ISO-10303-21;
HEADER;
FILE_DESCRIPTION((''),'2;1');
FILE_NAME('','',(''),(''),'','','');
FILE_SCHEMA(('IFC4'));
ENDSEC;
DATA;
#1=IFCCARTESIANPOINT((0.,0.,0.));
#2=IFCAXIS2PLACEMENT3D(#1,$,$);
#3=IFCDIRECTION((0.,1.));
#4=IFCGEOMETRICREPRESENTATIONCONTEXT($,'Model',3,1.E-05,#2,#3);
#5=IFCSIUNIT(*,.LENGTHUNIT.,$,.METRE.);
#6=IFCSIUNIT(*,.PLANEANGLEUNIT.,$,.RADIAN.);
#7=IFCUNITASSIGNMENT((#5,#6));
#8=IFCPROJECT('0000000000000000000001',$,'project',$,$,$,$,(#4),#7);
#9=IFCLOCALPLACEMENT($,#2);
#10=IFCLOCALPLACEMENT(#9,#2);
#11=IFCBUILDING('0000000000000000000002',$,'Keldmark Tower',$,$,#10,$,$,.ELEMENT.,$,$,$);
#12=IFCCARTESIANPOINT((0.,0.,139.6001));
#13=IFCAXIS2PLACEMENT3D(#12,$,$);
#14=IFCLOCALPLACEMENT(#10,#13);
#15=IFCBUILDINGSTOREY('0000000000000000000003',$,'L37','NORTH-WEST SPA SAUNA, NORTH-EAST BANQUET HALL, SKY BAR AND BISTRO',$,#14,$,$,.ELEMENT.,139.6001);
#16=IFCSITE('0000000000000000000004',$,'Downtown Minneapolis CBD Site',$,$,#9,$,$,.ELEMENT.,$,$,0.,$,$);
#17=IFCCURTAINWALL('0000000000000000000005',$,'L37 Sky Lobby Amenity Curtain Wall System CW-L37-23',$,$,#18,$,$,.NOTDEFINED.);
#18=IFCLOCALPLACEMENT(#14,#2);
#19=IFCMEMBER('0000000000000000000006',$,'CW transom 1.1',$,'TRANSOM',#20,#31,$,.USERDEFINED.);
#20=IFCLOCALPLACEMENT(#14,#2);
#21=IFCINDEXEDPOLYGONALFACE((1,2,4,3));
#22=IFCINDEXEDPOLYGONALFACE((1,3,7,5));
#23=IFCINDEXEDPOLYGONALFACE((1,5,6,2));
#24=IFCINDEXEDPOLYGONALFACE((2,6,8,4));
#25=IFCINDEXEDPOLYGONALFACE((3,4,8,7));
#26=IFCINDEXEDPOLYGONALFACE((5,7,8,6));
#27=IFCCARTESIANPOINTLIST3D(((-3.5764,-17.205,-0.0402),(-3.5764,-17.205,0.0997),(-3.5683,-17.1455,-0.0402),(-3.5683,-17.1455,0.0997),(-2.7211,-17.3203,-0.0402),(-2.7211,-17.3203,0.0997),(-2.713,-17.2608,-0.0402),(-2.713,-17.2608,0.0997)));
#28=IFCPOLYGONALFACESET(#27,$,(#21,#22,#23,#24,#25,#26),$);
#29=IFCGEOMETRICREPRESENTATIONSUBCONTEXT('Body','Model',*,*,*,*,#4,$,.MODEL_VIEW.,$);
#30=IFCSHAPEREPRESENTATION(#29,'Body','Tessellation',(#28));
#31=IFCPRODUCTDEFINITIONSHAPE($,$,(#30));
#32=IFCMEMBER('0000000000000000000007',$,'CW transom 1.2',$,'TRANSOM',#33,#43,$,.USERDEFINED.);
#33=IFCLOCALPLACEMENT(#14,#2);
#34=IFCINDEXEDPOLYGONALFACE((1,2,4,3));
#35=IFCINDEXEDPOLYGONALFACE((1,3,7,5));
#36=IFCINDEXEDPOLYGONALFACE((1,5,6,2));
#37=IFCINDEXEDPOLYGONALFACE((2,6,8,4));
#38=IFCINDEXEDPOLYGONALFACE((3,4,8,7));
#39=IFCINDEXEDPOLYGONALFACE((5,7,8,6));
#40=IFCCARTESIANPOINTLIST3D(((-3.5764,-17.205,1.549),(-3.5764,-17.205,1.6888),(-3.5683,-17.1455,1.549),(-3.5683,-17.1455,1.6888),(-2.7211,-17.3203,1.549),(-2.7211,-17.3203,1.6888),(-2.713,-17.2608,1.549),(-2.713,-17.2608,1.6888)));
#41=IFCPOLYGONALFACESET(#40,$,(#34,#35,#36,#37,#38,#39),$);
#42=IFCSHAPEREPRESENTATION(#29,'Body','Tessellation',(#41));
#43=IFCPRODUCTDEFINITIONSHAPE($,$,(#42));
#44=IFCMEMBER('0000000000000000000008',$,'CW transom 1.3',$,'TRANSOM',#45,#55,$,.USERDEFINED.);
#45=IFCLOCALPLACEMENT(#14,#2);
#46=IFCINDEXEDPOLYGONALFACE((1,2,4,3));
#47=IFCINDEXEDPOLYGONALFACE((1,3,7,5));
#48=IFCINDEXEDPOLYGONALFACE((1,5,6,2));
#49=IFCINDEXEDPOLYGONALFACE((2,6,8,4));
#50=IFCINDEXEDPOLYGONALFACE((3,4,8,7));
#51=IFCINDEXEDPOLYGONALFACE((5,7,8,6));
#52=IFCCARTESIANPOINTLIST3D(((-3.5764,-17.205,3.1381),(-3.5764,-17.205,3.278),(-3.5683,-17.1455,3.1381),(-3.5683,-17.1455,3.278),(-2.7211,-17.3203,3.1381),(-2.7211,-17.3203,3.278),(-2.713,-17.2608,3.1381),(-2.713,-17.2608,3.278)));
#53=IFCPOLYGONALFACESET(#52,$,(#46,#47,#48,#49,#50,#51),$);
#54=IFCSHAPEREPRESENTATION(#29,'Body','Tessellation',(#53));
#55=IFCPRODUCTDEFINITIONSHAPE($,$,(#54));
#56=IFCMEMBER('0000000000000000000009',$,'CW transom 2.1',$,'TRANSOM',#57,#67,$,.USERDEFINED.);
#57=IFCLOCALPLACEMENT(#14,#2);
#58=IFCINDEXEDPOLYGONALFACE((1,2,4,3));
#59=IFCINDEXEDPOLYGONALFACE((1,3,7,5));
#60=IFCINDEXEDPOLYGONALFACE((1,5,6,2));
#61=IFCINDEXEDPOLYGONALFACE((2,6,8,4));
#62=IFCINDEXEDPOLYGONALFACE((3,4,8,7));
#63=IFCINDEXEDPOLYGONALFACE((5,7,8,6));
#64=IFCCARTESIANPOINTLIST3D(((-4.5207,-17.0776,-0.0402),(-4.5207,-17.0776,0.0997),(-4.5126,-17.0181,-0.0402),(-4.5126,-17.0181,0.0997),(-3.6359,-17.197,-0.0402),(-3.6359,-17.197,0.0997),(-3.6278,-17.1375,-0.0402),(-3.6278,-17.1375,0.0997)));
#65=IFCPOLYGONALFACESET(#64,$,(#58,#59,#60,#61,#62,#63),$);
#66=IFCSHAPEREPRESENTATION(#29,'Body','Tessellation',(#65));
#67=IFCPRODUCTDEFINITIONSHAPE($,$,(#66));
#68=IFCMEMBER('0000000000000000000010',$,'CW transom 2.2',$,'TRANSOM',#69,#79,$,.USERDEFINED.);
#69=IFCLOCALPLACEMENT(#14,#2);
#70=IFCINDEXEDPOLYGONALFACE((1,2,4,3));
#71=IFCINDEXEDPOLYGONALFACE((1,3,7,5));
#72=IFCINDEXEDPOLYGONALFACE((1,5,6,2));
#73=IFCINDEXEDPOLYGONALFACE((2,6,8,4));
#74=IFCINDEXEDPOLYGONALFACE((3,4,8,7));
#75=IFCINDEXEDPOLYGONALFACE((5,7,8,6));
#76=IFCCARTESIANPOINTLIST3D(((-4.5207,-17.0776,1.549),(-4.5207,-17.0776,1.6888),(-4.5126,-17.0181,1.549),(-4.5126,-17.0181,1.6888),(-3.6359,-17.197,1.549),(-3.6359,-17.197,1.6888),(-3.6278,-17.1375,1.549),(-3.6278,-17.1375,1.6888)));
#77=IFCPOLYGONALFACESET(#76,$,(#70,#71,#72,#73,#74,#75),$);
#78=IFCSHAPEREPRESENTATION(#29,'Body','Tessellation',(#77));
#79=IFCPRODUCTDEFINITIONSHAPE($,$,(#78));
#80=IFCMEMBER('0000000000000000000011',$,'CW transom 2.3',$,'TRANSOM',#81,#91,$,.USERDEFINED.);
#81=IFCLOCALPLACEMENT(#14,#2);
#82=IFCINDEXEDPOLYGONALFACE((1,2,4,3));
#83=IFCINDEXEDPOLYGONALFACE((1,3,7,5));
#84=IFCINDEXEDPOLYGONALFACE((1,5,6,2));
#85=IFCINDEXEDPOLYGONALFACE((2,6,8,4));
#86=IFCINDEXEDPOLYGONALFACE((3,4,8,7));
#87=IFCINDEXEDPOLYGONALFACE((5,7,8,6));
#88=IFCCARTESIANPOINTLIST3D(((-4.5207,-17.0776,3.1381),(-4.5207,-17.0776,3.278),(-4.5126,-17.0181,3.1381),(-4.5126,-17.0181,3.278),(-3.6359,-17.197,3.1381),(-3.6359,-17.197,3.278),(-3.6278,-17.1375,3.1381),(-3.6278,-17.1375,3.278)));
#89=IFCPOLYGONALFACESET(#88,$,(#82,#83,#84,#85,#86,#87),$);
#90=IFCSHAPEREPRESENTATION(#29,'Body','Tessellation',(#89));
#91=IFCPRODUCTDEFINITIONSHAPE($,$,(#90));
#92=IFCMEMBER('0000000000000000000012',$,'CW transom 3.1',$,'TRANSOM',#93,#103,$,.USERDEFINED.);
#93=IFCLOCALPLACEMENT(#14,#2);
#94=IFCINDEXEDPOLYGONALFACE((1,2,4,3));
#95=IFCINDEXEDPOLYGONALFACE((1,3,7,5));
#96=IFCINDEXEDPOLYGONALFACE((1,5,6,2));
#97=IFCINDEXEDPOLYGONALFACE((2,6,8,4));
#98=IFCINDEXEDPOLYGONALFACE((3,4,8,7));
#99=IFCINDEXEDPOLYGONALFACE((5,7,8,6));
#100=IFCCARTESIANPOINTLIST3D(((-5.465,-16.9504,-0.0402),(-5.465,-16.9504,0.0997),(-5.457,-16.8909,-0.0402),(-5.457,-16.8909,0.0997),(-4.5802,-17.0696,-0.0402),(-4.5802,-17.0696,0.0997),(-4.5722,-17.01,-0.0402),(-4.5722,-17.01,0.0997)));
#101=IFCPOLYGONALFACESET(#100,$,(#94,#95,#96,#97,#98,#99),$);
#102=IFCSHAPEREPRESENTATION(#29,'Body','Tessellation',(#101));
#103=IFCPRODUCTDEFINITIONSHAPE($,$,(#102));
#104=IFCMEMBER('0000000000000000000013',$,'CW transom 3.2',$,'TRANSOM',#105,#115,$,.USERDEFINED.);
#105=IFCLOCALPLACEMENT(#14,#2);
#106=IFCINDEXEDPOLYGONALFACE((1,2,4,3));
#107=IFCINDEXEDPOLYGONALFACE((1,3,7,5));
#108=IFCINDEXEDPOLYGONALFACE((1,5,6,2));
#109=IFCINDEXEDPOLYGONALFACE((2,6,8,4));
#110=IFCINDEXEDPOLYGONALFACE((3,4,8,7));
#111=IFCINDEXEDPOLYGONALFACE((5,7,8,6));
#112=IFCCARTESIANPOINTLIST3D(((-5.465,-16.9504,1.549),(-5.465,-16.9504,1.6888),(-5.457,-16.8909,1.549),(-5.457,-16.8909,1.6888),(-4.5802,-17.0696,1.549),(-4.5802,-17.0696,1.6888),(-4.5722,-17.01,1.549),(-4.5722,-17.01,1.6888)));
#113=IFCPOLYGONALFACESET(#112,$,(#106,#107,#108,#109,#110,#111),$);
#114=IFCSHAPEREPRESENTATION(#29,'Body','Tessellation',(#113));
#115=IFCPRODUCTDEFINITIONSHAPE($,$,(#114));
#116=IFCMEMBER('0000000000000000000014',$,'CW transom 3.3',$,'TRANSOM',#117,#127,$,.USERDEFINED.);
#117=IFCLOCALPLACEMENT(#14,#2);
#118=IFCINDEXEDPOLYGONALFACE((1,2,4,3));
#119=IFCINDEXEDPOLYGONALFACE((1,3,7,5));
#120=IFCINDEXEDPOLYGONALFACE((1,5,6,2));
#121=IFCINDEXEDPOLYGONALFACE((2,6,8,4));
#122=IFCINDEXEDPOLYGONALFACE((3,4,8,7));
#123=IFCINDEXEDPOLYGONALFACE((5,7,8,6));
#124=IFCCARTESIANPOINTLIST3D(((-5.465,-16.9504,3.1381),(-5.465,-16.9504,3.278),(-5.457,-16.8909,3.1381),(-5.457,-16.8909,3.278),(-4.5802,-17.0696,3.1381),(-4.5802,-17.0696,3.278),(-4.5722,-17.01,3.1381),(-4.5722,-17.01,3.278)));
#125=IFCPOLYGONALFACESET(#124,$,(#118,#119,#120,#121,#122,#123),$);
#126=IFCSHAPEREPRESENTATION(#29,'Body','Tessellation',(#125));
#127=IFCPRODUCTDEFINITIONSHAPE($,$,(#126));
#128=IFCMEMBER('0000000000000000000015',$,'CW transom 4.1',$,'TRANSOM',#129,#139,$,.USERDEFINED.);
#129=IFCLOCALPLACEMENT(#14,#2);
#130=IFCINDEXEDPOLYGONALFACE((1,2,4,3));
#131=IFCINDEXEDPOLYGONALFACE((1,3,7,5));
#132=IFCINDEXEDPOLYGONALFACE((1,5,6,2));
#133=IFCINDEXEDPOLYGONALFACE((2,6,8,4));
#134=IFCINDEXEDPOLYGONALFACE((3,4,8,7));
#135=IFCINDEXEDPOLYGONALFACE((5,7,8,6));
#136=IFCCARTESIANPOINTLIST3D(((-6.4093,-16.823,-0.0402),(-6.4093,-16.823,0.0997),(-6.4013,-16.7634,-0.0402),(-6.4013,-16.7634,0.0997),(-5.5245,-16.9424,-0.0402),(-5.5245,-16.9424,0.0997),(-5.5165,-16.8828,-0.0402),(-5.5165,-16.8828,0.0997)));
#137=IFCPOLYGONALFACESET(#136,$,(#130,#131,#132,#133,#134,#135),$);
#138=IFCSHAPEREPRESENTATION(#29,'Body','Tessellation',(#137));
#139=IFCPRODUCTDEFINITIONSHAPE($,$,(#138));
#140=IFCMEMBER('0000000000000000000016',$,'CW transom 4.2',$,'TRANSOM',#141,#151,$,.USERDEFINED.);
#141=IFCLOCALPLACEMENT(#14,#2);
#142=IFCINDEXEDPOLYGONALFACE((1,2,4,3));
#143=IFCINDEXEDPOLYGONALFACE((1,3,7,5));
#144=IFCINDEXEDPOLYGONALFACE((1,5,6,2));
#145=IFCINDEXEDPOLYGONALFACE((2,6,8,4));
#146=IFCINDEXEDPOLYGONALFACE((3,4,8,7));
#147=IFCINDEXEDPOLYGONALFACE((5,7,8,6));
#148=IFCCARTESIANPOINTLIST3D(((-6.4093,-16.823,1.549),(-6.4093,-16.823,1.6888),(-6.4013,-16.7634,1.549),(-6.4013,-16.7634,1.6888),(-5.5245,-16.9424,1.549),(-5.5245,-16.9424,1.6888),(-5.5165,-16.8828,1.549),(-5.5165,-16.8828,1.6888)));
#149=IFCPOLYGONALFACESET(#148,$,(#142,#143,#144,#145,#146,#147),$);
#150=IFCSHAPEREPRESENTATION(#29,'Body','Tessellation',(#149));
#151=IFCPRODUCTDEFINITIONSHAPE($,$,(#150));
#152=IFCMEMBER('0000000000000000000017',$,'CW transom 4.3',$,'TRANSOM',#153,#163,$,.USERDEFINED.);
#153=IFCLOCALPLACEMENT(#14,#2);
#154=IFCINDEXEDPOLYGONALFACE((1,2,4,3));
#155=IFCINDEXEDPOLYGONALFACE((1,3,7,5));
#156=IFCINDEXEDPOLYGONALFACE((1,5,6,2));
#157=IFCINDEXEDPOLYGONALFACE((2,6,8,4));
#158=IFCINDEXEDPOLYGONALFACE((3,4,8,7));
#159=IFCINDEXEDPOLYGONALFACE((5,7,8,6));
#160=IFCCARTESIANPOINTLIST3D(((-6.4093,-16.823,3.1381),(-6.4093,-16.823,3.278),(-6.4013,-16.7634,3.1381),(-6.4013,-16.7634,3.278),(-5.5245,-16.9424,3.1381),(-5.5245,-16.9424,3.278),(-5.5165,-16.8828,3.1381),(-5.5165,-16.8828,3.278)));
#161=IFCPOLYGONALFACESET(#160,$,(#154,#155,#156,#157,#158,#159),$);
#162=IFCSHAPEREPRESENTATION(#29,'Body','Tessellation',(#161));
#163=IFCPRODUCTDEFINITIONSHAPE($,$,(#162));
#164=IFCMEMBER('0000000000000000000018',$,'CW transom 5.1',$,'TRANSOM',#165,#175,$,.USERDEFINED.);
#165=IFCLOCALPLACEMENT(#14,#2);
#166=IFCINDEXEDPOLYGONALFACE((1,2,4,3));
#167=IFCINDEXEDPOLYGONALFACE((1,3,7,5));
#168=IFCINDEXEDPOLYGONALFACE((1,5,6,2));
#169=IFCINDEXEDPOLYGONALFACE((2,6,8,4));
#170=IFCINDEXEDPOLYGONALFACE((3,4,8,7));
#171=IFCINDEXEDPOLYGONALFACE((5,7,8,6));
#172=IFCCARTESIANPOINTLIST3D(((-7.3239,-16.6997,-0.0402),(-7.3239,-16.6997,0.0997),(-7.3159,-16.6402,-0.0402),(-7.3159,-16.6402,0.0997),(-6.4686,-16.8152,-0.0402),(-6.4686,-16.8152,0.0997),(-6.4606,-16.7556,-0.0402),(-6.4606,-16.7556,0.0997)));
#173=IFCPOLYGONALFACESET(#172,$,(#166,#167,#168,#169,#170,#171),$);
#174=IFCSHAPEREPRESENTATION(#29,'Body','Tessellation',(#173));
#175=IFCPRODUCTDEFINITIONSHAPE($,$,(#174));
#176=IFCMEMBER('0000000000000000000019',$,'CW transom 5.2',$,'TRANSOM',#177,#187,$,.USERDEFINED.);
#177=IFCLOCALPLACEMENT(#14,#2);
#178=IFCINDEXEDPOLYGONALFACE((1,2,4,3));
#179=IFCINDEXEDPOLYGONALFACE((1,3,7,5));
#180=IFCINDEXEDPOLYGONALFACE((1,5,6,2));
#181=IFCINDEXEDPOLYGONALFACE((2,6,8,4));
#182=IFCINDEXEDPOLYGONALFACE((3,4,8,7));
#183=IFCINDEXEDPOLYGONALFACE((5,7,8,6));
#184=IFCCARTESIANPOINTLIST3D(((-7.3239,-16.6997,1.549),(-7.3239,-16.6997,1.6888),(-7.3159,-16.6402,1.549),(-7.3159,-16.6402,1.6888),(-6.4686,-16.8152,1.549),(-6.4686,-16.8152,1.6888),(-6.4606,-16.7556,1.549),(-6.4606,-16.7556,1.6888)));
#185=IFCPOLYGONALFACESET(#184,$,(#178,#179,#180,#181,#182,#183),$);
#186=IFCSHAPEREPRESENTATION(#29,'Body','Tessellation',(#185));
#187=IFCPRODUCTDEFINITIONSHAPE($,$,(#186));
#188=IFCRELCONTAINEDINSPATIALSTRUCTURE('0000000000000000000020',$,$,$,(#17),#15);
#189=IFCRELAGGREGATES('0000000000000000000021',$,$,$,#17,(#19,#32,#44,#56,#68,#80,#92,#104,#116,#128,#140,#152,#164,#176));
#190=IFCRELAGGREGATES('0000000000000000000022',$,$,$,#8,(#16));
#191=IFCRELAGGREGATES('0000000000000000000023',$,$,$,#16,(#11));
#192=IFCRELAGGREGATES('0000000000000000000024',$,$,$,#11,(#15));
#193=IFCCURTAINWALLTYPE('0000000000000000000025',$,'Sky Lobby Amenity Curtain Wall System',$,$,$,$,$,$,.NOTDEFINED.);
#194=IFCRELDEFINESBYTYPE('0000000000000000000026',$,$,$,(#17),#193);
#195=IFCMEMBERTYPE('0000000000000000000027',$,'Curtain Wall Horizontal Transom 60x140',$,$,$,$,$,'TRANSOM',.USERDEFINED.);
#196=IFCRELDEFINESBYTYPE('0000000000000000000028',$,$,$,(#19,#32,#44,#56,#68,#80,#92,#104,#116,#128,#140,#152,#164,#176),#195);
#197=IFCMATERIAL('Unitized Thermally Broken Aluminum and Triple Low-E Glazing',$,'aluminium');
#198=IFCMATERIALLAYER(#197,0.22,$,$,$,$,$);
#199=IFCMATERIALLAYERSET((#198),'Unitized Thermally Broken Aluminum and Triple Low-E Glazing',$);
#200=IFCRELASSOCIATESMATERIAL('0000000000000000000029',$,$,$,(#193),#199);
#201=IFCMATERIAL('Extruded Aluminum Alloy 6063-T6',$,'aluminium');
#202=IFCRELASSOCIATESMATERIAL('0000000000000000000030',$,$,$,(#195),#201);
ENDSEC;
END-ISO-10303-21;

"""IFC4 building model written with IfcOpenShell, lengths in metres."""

from ifc_helpers import new_model, si_unit, direction, frame, origin, origin_2d, place, context, subcontext, project, spatial, rectangle, extrude, material, layer, layer_set, material_profile, profile_set, type_object, element, aggregate, save


model = new_model("IFC4")

# Units and contexts
model_context = context("Model", 3, precision=1e-05, world=origin(), true_north=direction((0.0, 1.0)))
body_context = subcontext(model_context, "Body", "Model", "MODEL_VIEW")
ifc_project = project(units=[si_unit("LENGTHUNIT", "METRE"), si_unit("PLANEANGLEUNIT", "RADIAN")], contexts=[model_context])

# Site, building, storey
site_placement = place(None, origin())
site = spatial("IfcSite", under=ifc_project, at=site_placement, Name="Downtown Minneapolis CBD Site", CompositionType="ELEMENT", RefElevation=0.0)
building_placement = place(site_placement, origin())
building = spatial("IfcBuilding", under=site, at=building_placement, Name="Keldmark Tower", CompositionType="ELEMENT")
storey_placement = place(building_placement, frame((0.0, 0.0, 139.6001)))
storey = spatial("IfcBuildingStorey", under=building, at=storey_placement, Name="L37", Description="NORTH-WEST SPA SAUNA, NORTH-EAST BANQUET HALL, SKY BAR AND BISTRO", CompositionType="ELEMENT", Elevation=139.6001)

# Curtain wall, members
ifc_material_1 = material(Name="Unitized Thermally Broken Aluminum and Triple Low-E Glazing", Category="aluminium")
ifc_layer_1 = layer(ifc_material_1, 0.22)
ifc_layer_set_1 = layer_set([ifc_layer_1], Name="Unitized Thermally Broken Aluminum and Triple Low-E Glazing")
curtain_wall_type = type_object("IfcCurtainWallType", Name="Sky Lobby Amenity Curtain Wall System", PredefinedType="NOTDEFINED", material=ifc_layer_set_1)
curtain_wall_placement = place(storey_placement, origin())
curtain_wall = element("IfcCurtainWall", 1, at=curtain_wall_placement, inside=storey, type_object=curtain_wall_type, Name="L37 Sky Lobby Amenity Curtain Wall System CW-L37-23", PredefinedType="NOTDEFINED")
ifc_material_2 = material(Name="Extruded Aluminum Alloy 6063-T6", Category="aluminium")
ifc_material_profile_1 = material_profile(ifc_material_2, rectangle(XDim=0.0601, YDim=0.1399, at=origin_2d()), Name="CWT60X140")
ifc_profile_set_1 = profile_set([ifc_material_profile_1], Name="Extruded Aluminum Alloy 6063-T6")
member_type_1 = type_object("IfcMemberType", Name="Curtain Wall Horizontal Transom 60x140", ElementType="TRANSOM", PredefinedType="USERDEFINED", material=ifc_profile_set_1)
member_1_placement = place(storey_placement, frame((-2.717, -17.2905, 0.0298), z_axis=(-0.991044, 0.133535, 0.0), x_axis=(-0.133535, -0.991044, 0.0)))
member_1 = element("IfcMember", 2, at=member_1_placement, type_object=member_type_1, Name="CW transom 1.1", ObjectType="TRANSOM", PredefinedType="USERDEFINED", context=body_context, shape_type="SweptSolid", body=[
    extrude(rectangle(XDim=0.0601, YDim=0.1399, at=origin_2d()), origin(), (0.0, 0.0, 1.0), 0.863),
])
member_2_placement = place(storey_placement, frame((-2.717, -17.2905, 1.6189), z_axis=(-0.991044, 0.133535, 0.0), x_axis=(-0.133535, -0.991044, 0.0)))
member_2 = element("IfcMember", 3, at=member_2_placement, type_object=member_type_1, Name="CW transom 1.2", ObjectType="TRANSOM", PredefinedType="USERDEFINED", context=body_context, shape_type="SweptSolid", body=[
    extrude(rectangle(XDim=0.0601, YDim=0.1399, at=origin_2d()), origin(), (0.0, 0.0, 1.0), 0.863),
])
member_3_placement = place(storey_placement, frame((-2.717, -17.2905, 3.208), z_axis=(-0.991044, 0.133535, 0.0), x_axis=(-0.133535, -0.991044, 0.0)))
member_3 = element("IfcMember", 4, at=member_3_placement, type_object=member_type_1, Name="CW transom 1.3", ObjectType="TRANSOM", PredefinedType="USERDEFINED", context=body_context, shape_type="SweptSolid", body=[
    extrude(rectangle(XDim=0.0601, YDim=0.1399, at=origin_2d()), origin(), (0.0, 0.0, 1.0), 0.863),
])
member_4_placement = place(storey_placement, frame((-3.6318, -17.1672, 0.0298), z_axis=(-0.991019, 0.133722, 0.0), x_axis=(-0.133722, -0.991019, 0.0)))
member_4 = element("IfcMember", 5, at=member_4_placement, type_object=member_type_1, Name="CW transom 2.1", ObjectType="TRANSOM", PredefinedType="USERDEFINED", context=body_context, shape_type="SweptSolid", body=[
    extrude(rectangle(XDim=0.0601, YDim=0.1399, at=origin_2d()), origin(), (0.0, 0.0, 1.0), 0.8928),
])
member_5_placement = place(storey_placement, frame((-3.6318, -17.1672, 1.6189), z_axis=(-0.991019, 0.133722, 0.0), x_axis=(-0.133722, -0.991019, 0.0)))
member_5 = element("IfcMember", 6, at=member_5_placement, type_object=member_type_1, Name="CW transom 2.2", ObjectType="TRANSOM", PredefinedType="USERDEFINED", context=body_context, shape_type="SweptSolid", body=[
    extrude(rectangle(XDim=0.0601, YDim=0.1399, at=origin_2d()), origin(), (0.0, 0.0, 1.0), 0.8928),
])
member_6_placement = place(storey_placement, frame((-3.6318, -17.1672, 3.208), z_axis=(-0.991019, 0.133722, 0.0), x_axis=(-0.133722, -0.991019, 0.0)))
member_6 = element("IfcMember", 7, at=member_6_placement, type_object=member_type_1, Name="CW transom 2.3", ObjectType="TRANSOM", PredefinedType="USERDEFINED", context=body_context, shape_type="SweptSolid", body=[
    extrude(rectangle(XDim=0.0601, YDim=0.1399, at=origin_2d()), origin(), (0.0, 0.0, 1.0), 0.8928),
])
member_7_placement = place(storey_placement, frame((-4.5762, -17.0398, 0.0298), z_axis=(-0.991055, 0.133453, 0.0), x_axis=(-0.133453, -0.991055, 0.0)))
member_7 = element("IfcMember", 8, at=member_7_placement, type_object=member_type_1, Name="CW transom 3.1", ObjectType="TRANSOM", PredefinedType="USERDEFINED", context=body_context, shape_type="SweptSolid", body=[
    extrude(rectangle(XDim=0.0601, YDim=0.1399, at=origin_2d()), origin(), (0.0, 0.0, 1.0), 0.8928),
])
member_8_placement = place(storey_placement, frame((-4.5762, -17.0398, 1.6189), z_axis=(-0.991055, 0.133453, 0.0), x_axis=(-0.133453, -0.991055, 0.0)))
member_8 = element("IfcMember", 9, at=member_8_placement, type_object=member_type_1, Name="CW transom 3.2", ObjectType="TRANSOM", PredefinedType="USERDEFINED", context=body_context, shape_type="SweptSolid", body=[
    extrude(rectangle(XDim=0.0601, YDim=0.1399, at=origin_2d()), origin(), (0.0, 0.0, 1.0), 0.8928),
])
member_9_placement = place(storey_placement, frame((-4.5762, -17.0398, 3.208), z_axis=(-0.991055, 0.133453, 0.0), x_axis=(-0.133453, -0.991055, 0.0)))
member_9 = element("IfcMember", 10, at=member_9_placement, type_object=member_type_1, Name="CW transom 3.3", ObjectType="TRANSOM", PredefinedType="USERDEFINED", context=body_context, shape_type="SweptSolid", body=[
    extrude(rectangle(XDim=0.0601, YDim=0.1399, at=origin_2d()), origin(), (0.0, 0.0, 1.0), 0.8928),
])
member_10_placement = place(storey_placement, frame((-5.5205, -16.9126, 0.0298), z_axis=(-0.991019, 0.133722, 0.0), x_axis=(-0.133722, -0.991019, 0.0)))
member_10 = element("IfcMember", 11, at=member_10_placement, type_object=member_type_1, Name="CW transom 4.1", ObjectType="TRANSOM", PredefinedType="USERDEFINED", context=body_context, shape_type="SweptSolid", body=[
    extrude(rectangle(XDim=0.0601, YDim=0.1399, at=origin_2d()), origin(), (0.0, 0.0, 1.0), 0.8928),
])
member_11_placement = place(storey_placement, frame((-5.5205, -16.9126, 1.6189), z_axis=(-0.991019, 0.133722, 0.0), x_axis=(-0.133722, -0.991019, 0.0)))
member_11 = element("IfcMember", 12, at=member_11_placement, type_object=member_type_1, Name="CW transom 4.2", ObjectType="TRANSOM", PredefinedType="USERDEFINED", context=body_context, shape_type="SweptSolid", body=[
    extrude(rectangle(XDim=0.0601, YDim=0.1399, at=origin_2d()), origin(), (0.0, 0.0, 1.0), 0.8928),
])
member_12_placement = place(storey_placement, frame((-5.5205, -16.9126, 3.208), z_axis=(-0.991019, 0.133722, 0.0), x_axis=(-0.133722, -0.991019, 0.0)))
member_12 = element("IfcMember", 13, at=member_12_placement, type_object=member_type_1, Name="CW transom 4.3", ObjectType="TRANSOM", PredefinedType="USERDEFINED", context=body_context, shape_type="SweptSolid", body=[
    extrude(rectangle(XDim=0.0601, YDim=0.1399, at=origin_2d()), origin(), (0.0, 0.0, 1.0), 0.8928),
])
member_13_placement = place(storey_placement, frame((-6.4646, -16.7854, 0.0298), z_axis=(-0.991007, 0.133813, 0.0), x_axis=(-0.133813, -0.991007, 0.0)))
member_13 = element("IfcMember", 14, at=member_13_placement, type_object=member_type_1, Name="CW transom 5.1", ObjectType="TRANSOM", PredefinedType="USERDEFINED", context=body_context, shape_type="SweptSolid", body=[
    extrude(rectangle(XDim=0.0601, YDim=0.1399, at=origin_2d()), origin(), (0.0, 0.0, 1.0), 0.863),
])
member_14_placement = place(storey_placement, frame((-6.4646, -16.7854, 1.6189), z_axis=(-0.991007, 0.133813, 0.0), x_axis=(-0.133813, -0.991007, 0.0)))
member_14 = element("IfcMember", 15, at=member_14_placement, type_object=member_type_1, Name="CW transom 5.2", ObjectType="TRANSOM", PredefinedType="USERDEFINED", context=body_context, shape_type="SweptSolid", body=[
    extrude(rectangle(XDim=0.0601, YDim=0.1399, at=origin_2d()), origin(), (0.0, 0.0, 1.0), 0.863),
])

aggregate(curtain_wall, [member_1, member_2, member_3, member_4, member_5, member_6, member_7, member_8, member_9, member_10, member_11, member_12, member_13, member_14])

save(model, "model.ifc")
